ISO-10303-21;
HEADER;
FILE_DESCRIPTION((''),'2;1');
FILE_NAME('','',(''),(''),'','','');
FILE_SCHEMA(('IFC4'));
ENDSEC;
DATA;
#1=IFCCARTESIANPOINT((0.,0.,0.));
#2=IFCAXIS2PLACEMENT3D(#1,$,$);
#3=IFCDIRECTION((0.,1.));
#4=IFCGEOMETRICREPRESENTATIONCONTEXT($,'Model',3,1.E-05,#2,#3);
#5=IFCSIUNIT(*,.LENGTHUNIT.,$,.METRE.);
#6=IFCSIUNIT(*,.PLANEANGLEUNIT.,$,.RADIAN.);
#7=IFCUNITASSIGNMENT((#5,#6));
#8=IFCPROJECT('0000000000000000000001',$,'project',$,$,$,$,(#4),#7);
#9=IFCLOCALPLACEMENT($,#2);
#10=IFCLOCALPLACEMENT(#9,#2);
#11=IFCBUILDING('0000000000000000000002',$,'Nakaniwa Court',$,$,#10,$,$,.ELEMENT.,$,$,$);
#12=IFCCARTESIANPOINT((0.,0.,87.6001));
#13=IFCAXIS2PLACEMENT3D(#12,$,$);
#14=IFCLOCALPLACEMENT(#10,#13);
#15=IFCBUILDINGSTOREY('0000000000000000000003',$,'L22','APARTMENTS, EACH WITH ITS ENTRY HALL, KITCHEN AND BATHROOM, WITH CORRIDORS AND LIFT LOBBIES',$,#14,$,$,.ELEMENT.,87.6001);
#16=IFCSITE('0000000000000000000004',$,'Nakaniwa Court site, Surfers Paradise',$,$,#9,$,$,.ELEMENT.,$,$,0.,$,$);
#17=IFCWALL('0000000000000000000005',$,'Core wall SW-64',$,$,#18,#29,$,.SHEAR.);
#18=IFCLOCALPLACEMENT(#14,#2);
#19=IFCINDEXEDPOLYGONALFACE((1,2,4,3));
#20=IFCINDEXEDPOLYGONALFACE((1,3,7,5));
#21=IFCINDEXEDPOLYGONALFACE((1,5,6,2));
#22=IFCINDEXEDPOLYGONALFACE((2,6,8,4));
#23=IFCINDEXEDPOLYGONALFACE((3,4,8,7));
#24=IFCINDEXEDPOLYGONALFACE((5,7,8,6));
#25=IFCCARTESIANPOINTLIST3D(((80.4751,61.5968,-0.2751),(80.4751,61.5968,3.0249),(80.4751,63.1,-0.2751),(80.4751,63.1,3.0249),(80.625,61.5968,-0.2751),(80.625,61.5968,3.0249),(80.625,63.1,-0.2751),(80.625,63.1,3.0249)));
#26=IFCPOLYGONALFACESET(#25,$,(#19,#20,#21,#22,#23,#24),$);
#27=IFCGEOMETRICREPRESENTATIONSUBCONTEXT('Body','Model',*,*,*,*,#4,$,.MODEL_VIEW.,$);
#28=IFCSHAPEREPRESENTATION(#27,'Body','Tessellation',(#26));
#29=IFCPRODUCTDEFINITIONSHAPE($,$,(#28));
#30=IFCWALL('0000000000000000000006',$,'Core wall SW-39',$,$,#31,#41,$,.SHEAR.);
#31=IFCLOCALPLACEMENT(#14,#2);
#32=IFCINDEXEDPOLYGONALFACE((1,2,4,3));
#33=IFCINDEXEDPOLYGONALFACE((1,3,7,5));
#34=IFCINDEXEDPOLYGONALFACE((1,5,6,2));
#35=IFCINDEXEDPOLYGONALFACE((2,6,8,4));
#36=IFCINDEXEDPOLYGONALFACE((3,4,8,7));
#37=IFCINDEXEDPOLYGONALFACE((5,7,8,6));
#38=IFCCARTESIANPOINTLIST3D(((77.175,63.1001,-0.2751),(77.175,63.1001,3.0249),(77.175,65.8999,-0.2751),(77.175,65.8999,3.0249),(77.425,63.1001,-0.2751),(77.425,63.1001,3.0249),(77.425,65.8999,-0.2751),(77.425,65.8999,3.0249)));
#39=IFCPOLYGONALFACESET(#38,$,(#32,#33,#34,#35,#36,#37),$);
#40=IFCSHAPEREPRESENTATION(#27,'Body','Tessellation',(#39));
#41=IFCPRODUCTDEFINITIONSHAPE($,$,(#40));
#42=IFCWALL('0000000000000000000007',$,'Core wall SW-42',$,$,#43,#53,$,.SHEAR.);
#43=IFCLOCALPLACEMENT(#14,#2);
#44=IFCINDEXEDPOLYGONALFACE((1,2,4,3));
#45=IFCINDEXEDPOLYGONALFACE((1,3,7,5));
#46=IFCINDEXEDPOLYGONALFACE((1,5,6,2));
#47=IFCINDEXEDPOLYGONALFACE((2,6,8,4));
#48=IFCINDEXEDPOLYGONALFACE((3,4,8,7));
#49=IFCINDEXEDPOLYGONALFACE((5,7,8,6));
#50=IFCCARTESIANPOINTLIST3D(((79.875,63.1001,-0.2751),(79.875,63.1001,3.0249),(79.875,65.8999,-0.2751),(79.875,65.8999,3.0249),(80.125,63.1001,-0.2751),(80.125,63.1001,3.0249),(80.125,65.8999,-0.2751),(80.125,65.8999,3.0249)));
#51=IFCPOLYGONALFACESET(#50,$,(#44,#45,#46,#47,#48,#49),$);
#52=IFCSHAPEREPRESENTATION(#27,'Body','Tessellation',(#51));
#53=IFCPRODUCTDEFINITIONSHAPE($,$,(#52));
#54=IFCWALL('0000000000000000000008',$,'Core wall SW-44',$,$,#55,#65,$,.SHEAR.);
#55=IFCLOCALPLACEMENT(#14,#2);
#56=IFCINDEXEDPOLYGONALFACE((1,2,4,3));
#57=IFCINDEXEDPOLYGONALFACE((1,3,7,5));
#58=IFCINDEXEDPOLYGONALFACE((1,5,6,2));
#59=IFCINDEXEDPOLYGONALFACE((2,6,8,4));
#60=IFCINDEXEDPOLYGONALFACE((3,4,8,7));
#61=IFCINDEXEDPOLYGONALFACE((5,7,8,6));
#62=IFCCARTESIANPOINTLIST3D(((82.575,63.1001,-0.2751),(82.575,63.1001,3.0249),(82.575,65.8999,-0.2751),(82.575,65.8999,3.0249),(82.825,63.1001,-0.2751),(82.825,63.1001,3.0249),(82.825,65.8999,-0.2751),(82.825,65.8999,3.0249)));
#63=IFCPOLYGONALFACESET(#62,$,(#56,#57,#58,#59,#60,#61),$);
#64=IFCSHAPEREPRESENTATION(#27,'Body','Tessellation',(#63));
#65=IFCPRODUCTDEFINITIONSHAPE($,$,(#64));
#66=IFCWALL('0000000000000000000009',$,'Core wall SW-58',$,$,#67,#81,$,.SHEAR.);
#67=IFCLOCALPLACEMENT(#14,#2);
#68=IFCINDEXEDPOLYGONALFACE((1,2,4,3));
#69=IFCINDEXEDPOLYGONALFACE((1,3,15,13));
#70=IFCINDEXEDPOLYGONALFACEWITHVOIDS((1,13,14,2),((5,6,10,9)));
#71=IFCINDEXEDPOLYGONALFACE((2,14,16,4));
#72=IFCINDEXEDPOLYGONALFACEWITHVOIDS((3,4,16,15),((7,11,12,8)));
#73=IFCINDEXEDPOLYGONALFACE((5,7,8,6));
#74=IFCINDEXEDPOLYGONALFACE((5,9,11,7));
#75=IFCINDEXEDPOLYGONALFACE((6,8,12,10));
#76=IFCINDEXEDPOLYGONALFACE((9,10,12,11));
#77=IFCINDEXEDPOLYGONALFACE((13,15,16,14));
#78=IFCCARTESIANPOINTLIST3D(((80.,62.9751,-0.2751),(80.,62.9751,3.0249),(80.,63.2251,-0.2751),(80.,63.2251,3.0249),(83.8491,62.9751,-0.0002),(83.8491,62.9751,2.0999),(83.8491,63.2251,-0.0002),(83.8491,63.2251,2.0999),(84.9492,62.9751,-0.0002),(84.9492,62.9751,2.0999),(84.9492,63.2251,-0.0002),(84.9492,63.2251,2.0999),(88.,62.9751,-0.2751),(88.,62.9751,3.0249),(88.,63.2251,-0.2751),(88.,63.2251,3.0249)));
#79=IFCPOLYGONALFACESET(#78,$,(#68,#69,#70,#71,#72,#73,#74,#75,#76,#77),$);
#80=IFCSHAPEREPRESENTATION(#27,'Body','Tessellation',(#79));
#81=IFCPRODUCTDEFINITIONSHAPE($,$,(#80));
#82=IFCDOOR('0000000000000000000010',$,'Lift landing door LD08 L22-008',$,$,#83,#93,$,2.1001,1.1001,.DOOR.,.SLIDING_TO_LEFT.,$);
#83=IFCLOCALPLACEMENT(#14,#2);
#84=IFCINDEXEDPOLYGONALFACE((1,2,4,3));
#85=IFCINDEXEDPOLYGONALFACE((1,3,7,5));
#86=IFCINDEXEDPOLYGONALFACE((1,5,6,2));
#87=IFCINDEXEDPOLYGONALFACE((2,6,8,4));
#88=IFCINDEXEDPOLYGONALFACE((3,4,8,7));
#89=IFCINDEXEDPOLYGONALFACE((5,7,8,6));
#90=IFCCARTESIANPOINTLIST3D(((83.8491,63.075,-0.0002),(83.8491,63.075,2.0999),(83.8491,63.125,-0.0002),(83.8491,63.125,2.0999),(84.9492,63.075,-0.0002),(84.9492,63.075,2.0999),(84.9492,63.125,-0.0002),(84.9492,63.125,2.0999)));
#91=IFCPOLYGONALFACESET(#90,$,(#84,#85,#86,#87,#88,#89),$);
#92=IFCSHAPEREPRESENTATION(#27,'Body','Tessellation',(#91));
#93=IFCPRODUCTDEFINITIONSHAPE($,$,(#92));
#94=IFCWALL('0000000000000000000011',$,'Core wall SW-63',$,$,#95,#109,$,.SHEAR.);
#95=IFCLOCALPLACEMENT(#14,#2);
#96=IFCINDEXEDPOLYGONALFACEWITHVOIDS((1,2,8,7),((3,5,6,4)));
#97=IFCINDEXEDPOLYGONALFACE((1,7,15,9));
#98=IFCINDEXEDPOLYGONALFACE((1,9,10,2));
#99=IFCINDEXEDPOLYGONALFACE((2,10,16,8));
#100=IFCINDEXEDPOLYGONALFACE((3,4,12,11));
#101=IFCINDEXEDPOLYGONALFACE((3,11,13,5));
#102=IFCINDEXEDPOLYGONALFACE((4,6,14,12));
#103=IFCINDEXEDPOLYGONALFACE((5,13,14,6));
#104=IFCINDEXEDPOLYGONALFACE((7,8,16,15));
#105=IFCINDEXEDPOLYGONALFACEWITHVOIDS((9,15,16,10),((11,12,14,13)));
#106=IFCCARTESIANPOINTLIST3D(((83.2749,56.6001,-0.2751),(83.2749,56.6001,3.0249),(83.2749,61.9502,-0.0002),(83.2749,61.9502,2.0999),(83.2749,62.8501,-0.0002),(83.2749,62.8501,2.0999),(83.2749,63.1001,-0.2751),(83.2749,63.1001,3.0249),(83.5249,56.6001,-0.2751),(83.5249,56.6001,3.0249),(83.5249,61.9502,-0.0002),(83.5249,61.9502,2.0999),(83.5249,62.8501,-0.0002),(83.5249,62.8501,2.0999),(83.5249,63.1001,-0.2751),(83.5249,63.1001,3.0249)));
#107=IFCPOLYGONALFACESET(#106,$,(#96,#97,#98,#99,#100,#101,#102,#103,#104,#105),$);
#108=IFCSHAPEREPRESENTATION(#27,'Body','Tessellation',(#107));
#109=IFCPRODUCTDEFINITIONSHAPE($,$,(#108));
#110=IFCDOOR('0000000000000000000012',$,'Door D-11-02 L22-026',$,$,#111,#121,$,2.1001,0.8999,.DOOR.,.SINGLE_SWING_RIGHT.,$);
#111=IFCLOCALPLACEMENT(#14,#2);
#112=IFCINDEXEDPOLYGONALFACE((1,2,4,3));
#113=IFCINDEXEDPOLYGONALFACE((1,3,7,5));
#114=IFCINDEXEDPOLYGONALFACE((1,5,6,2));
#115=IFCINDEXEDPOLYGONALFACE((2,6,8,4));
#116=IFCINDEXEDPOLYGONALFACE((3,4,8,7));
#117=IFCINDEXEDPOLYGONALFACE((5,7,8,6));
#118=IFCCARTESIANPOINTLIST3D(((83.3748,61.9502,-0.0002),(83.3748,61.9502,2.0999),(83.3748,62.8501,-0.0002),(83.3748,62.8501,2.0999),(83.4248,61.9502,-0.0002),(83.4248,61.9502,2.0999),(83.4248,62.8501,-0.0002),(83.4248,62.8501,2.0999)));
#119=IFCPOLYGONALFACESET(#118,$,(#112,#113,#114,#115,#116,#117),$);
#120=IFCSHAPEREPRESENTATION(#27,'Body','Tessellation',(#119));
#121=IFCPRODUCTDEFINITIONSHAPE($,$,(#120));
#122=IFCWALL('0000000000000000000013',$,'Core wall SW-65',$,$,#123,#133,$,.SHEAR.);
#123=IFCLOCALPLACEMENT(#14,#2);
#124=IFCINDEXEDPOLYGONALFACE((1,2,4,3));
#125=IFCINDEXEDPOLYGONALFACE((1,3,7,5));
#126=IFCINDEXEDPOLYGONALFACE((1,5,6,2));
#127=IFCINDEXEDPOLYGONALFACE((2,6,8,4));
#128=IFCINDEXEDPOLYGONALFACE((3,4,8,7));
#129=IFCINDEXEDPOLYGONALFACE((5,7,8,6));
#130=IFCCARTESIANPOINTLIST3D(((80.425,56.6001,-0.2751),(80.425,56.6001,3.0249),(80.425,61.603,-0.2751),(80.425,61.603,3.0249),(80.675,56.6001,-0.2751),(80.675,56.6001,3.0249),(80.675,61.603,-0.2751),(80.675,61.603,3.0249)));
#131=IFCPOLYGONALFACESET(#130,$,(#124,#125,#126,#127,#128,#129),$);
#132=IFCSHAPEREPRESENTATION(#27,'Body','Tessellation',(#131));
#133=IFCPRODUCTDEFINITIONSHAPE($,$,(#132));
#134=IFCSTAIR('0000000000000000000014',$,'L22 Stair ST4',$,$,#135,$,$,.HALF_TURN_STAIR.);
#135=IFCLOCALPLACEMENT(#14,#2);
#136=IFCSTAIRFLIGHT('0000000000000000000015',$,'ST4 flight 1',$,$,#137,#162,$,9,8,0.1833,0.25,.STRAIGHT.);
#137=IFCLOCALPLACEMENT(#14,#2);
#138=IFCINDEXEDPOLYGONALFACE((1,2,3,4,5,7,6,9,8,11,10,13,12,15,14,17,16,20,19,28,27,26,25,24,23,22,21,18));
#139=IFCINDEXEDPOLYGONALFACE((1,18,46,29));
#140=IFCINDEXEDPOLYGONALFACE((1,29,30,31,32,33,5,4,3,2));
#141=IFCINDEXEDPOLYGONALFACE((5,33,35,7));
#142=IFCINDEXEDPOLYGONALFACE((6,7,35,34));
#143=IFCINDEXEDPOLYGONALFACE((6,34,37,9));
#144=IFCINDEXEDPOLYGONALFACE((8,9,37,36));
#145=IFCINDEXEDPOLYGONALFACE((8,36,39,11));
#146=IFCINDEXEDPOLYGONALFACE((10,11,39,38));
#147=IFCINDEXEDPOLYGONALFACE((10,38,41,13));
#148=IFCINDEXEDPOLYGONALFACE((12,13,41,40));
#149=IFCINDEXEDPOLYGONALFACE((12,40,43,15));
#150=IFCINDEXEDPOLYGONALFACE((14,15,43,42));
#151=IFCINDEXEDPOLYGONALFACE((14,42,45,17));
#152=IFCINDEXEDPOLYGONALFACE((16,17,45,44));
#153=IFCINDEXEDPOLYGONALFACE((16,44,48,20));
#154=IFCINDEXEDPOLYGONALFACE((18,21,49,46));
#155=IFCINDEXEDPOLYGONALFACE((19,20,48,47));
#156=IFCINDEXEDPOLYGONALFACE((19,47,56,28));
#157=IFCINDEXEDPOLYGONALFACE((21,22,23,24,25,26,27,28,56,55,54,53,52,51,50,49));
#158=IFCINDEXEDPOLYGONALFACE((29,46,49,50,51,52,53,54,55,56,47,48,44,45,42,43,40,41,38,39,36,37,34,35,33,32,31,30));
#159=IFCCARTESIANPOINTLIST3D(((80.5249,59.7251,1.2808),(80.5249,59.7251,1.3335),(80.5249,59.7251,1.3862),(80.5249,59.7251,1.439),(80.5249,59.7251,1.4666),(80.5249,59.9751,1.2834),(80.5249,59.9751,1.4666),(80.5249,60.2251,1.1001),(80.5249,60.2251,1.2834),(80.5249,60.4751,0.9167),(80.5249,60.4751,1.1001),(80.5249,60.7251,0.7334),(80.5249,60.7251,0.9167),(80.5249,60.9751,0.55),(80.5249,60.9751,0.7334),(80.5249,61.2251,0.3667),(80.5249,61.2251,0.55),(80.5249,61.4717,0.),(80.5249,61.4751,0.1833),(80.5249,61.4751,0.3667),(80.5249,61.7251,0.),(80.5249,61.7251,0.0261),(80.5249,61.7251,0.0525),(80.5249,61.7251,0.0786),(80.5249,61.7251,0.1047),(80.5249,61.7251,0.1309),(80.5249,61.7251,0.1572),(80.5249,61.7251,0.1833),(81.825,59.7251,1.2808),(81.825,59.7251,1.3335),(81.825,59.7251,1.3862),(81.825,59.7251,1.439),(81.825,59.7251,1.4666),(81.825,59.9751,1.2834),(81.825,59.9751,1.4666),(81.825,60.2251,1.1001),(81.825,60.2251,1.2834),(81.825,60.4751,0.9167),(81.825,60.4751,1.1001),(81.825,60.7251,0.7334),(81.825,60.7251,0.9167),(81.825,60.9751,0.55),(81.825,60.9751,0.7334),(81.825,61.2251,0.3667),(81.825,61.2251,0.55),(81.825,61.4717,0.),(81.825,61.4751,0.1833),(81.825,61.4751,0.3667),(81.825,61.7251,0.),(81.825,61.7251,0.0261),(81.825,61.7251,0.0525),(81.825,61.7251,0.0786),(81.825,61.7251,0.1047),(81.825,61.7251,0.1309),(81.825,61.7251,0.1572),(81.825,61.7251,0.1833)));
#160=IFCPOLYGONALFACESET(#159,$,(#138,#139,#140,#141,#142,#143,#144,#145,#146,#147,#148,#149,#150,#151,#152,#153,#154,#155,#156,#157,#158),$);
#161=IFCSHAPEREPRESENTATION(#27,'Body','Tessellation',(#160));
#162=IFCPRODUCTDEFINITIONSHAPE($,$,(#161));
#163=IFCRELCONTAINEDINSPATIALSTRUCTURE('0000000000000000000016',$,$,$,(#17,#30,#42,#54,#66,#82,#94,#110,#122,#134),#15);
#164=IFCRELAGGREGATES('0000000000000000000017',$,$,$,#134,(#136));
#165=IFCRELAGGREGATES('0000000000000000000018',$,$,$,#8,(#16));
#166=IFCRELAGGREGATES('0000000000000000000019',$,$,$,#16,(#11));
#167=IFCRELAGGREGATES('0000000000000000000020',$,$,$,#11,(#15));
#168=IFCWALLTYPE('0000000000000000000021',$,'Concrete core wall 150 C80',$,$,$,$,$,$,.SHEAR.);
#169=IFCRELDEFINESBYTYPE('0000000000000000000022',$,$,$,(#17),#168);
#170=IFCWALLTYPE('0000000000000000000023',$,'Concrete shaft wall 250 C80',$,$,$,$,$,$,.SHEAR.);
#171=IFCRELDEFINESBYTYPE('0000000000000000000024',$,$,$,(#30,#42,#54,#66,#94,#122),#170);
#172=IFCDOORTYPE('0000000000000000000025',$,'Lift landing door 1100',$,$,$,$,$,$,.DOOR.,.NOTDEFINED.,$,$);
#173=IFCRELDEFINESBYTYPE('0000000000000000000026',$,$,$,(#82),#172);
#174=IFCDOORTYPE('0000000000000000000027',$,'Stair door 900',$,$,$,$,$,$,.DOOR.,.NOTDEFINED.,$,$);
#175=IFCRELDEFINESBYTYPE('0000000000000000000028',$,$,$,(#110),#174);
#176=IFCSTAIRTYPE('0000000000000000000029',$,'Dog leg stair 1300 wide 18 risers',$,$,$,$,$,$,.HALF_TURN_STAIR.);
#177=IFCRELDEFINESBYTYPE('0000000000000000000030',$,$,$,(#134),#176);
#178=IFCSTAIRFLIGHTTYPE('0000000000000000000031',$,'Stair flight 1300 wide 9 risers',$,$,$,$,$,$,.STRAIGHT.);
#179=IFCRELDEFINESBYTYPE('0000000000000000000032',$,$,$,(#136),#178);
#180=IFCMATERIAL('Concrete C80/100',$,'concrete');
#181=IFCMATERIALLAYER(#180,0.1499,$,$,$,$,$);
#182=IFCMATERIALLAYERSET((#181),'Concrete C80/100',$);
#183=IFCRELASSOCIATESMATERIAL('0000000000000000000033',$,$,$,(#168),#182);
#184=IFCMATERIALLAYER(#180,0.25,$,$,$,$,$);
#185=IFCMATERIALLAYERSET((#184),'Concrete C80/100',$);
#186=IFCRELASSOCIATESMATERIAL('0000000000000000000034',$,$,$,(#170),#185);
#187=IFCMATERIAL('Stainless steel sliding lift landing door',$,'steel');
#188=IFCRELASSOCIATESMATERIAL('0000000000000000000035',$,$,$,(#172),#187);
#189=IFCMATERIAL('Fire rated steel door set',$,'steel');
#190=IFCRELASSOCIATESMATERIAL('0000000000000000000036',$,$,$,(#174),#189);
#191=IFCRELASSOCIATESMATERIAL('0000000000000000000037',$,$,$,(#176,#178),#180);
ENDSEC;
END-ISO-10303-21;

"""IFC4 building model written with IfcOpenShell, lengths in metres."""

from ifc_helpers import new_model, si_unit, direction, frame, frame_2d, origin, place, context, subcontext, project, spatial, polyline, rectangle, outline, extrude, material, layer, layer_set, type_object, element, fill, aggregate, save


model = new_model("IFC4")

# Units and contexts
model_context = context("Model", 3, precision=1e-05, world=origin(), true_north=direction((0.0, 1.0)))
body_context = subcontext(model_context, "Body", "Model", "MODEL_VIEW")
ifc_project = project(units=[si_unit("LENGTHUNIT", "METRE"), si_unit("PLANEANGLEUNIT", "RADIAN")], contexts=[model_context])

# Site, building, storey
site_placement = place(None, origin())
site = spatial("IfcSite", under=ifc_project, at=site_placement, Name="Nakaniwa Court site, Surfers Paradise", CompositionType="ELEMENT", RefElevation=0.0)
building_placement = place(site_placement, origin())
building = spatial("IfcBuilding", under=site, at=building_placement, Name="Nakaniwa Court", CompositionType="ELEMENT")
storey_placement = place(building_placement, frame((0.0, 0.0, 87.6001)))
storey = spatial("IfcBuildingStorey", under=building, at=storey_placement, Name="L22", Description="APARTMENTS, EACH WITH ITS ENTRY HALL, KITCHEN AND BATHROOM, WITH CORRIDORS AND LIFT LOBBIES", CompositionType="ELEMENT", Elevation=87.6001)

# Shared definitions
ifc_material_1 = material(Name="Concrete C80/100", Category="concrete")

# Shared definitions
ifc_material_2 = material(Name="Fire rated steel door set", Category="steel")

# Walls
ifc_layer_1 = layer(ifc_material_1, 0.1499)
ifc_layer_set_1 = layer_set([ifc_layer_1], Name="Concrete C80/100")
wall_type_1 = type_object("IfcWallType", Name="Concrete core wall 150 C80", PredefinedType="SHEAR", material=ifc_layer_set_1)
wall_1_placement = place(storey_placement, frame((80.55, 61.5969, -0.2751), z_axis=(0.0, 0.0, 1.0), x_axis=(0.0, 1.0, 0.0)))
element("IfcWall", 1, at=wall_1_placement, inside=storey, type_object=wall_type_1, Name="Core wall SW-64", PredefinedType="SHEAR", context=body_context, shape_type="SweptSolid", body=[
    extrude(rectangle(XDim=1.5032, YDim=0.1499, at=frame_2d((0.7515, 0.0))), origin(), (0.0, 0.0, 1.0), 3.3),
])
ifc_layer_2 = layer(ifc_material_1, 0.25)
ifc_layer_set_2 = layer_set([ifc_layer_2], Name="Concrete C80/100")
wall_type_2 = type_object("IfcWallType", Name="Concrete shaft wall 250 C80", PredefinedType="SHEAR", material=ifc_layer_set_2)
for number, where, z_axis, x_axis, name in (
    (2, (77.3, 63.1001, -0.2751), (0.0, 0.0, 1.0), (0.0, 1.0, 0.0), "Core wall SW-39"),
    (3, (80.0, 63.1001, -0.2751), (0.0, 0.0, 1.0), (0.0, 1.0, 0.0), "Core wall SW-42"),
    (4, (82.7, 63.1001, -0.2751), (0.0, 0.0, 1.0), (0.0, 1.0, 0.0), "Core wall SW-44"),
):
    element("IfcWall", number, at=place(storey_placement, frame(where, z_axis=z_axis, x_axis=x_axis)), inside=storey, type_object=wall_type_2, Name=name, PredefinedType="SHEAR", context=body_context, shape_type="SweptSolid", body=[
        extrude(rectangle(XDim=2.7998, YDim=0.25, at=frame_2d((1.3999, 0.0))), origin(), (0.0, 0.0, 1.0), 3.3),
    ])

# Walls, openings, doors
wall_2_placement = place(storey_placement, frame((80.0, 63.1001, -0.2751), z_axis=(0.0, 0.0, 1.0), x_axis=(1.0, 0.0, 0.0)))
wall_2 = element("IfcWall", 5, at=wall_2_placement, inside=storey, type_object=wall_type_2, Name="Core wall SW-58", PredefinedType="SHEAR", context=body_context, shape_type="SweptSolid", body=[
    extrude(rectangle(XDim=8.0, YDim=0.25, at=frame_2d((4.0, 0.0))), origin(), (0.0, 0.0, 1.0), 3.3),
])
opening_1_placement = place(wall_2_placement, frame((3.8491, 0.0, 0.2749)))
opening_1 = element("IfcOpeningElement", 6, at=opening_1_placement, cuts=wall_2, PredefinedType="OPENING", context=body_context, shape_type="SweptSolid", body=[
    extrude(rectangle(XDim=1.1001, YDim=2.1001, at=frame_2d((0.55, 1.05))), frame((0.0, 0.135, 0.0), z_axis=(0.0, -1.0, 0.0), x_axis=(1.0, 0.0, 0.0)), (0.0, 0.0, 1.0), 0.27),
])
ifc_material_3 = material(Name="Stainless steel sliding lift landing door", Category="steel")
door_type_1 = type_object("IfcDoorType", Name="Lift landing door 1100", OperationType="NOTDEFINED", PredefinedType="DOOR", material=ifc_material_3)
door_1_placement = place(opening_1_placement, origin())
door_1 = element("IfcDoor", 7, at=door_1_placement, inside=storey, type_object=door_type_1, Name="Lift landing door LD08 L22-008", OperationType="SLIDING_TO_LEFT", OverallHeight=2.1001, OverallWidth=1.1001, PredefinedType="DOOR", context=body_context, shape_type="SweptSolid", body=[
    extrude(rectangle(XDim=1.1001, YDim=2.1001, at=frame_2d((0.55, 1.05))), frame((0.0, 0.0249, 0.0), z_axis=(0.0, -1.0, 0.0), x_axis=(1.0, 0.0, 0.0)), (0.0, 0.0, 1.0), 0.05),
])
fill(opening_1, door_1)
wall_3_placement = place(storey_placement, frame((83.3999, 63.1001, -0.2751), z_axis=(0.0, 0.0, 1.0), x_axis=(0.0, -1.0, 0.0)))
wall_3 = element("IfcWall", 8, at=wall_3_placement, inside=storey, type_object=wall_type_2, Name="Core wall SW-63", PredefinedType="SHEAR", context=body_context, shape_type="SweptSolid", body=[
    extrude(rectangle(XDim=6.5, YDim=0.25, at=frame_2d((3.25, 0.0))), origin(), (0.0, 0.0, 1.0), 3.3),
])
opening_2_placement = place(wall_3_placement, frame((0.25, 0.0, 0.2749)))
opening_2 = element("IfcOpeningElement", 9, at=opening_2_placement, cuts=wall_3, PredefinedType="OPENING", context=body_context, shape_type="SweptSolid", body=[
    extrude(rectangle(XDim=0.8999, YDim=2.1001, at=frame_2d((0.45, 1.05))), frame((0.0, 0.135, 0.0), z_axis=(0.0, -1.0, 0.0), x_axis=(1.0, 0.0, 0.0)), (0.0, 0.0, 1.0), 0.27),
])
door_type_2 = type_object("IfcDoorType", Name="Stair door 900", OperationType="NOTDEFINED", PredefinedType="DOOR", material=ifc_material_2)
door_2_placement = place(opening_2_placement, origin())
door_2 = element("IfcDoor", 10, at=door_2_placement, inside=storey, type_object=door_type_2, Name="Door D-11-02 L22-026", OperationType="SINGLE_SWING_RIGHT", OverallHeight=2.1001, OverallWidth=0.8999, PredefinedType="DOOR", context=body_context, shape_type="SweptSolid", body=[
    extrude(rectangle(XDim=0.8999, YDim=2.1001, at=frame_2d((0.45, 1.05))), frame((0.0, 0.0249, 0.0), z_axis=(0.0, -1.0, 0.0), x_axis=(1.0, 0.0, 0.0)), (0.0, 0.0, 1.0), 0.05),
])
fill(opening_2, door_2)

# Wall
wall_4_placement = place(storey_placement, frame((80.55, 56.6001, -0.2751), z_axis=(0.0, 0.0, 1.0), x_axis=(0.0, 1.0, 0.0)))
element("IfcWall", 11, at=wall_4_placement, inside=storey, type_object=wall_type_2, Name="Core wall SW-65", PredefinedType="SHEAR", context=body_context, shape_type="SweptSolid", body=[
    extrude(rectangle(XDim=5.0029, YDim=0.25, at=frame_2d((2.5015, 0.0))), origin(), (0.0, 0.0, 1.0), 3.3),
])

# Stair, stair flight
stair_type = type_object("IfcStairType", Name="Dog leg stair 1300 wide 18 risers", PredefinedType="HALF_TURN_STAIR", material=ifc_material_1)
stair_placement = place(storey_placement, origin())
stair = element("IfcStair", 12, at=stair_placement, inside=storey, type_object=stair_type, Name="L22 Stair ST4", PredefinedType="HALF_TURN_STAIR")
stair_flight_type = type_object("IfcStairFlightType", Name="Stair flight 1300 wide 9 risers", PredefinedType="STRAIGHT", material=ifc_material_1)
stair_flight_1_placement = place(storey_placement, frame((81.175, 61.7251, 0.0), z_axis=(0.0, 0.0, 1.0), x_axis=(0.0, -1.0, 0.0)))
stair_flight_1 = element("IfcStairFlight", 13, at=stair_flight_1_placement, type_object=stair_flight_type, Name="ST4 flight 1", NumberOfRisers=9, NumberOfTreads=8, PredefinedType="STRAIGHT", RiserHeight=0.1833, TreadLength=0.25, context=body_context, shape_type="SweptSolid", body=[
    extrude(outline(polyline([(0.0, 0.0), (0.0, 0.0261), (0.0, 0.0525), (0.0, 0.0786), (0.0, 0.1047), (0.0, 0.1309), (0.0, 0.1572), (0.0, 0.1833), (0.25, 0.1833), (0.25, 0.3667), (0.5, 0.3667), (0.5, 0.55), (0.75, 0.55), (0.75, 0.7334), (1.0, 0.7334), (1.0, 0.9167), (1.25, 0.9167), (1.25, 1.1001), (1.5, 1.1001), (1.5, 1.2834), (1.75, 1.2834), (1.75, 1.4666), (2.0, 1.4666), (2.0, 1.6499), (2.0, 1.5972), (2.0, 1.5444), (2.0, 1.4917), (2.0, 1.439), (2.0, 1.3862), (2.0, 1.3335), (2.0, 1.2808), (0.2534, 0.0), (0.0, 0.0)])), frame((0.0, 0.6499, 0.0), z_axis=(0.0, -1.0, 0.0), x_axis=(1.0, 0.0, 0.0)), (0.0, 0.0, 1.0), 1.3),
])
aggregate(stair, [stair_flight_1])

save(model, "model.ifc")
